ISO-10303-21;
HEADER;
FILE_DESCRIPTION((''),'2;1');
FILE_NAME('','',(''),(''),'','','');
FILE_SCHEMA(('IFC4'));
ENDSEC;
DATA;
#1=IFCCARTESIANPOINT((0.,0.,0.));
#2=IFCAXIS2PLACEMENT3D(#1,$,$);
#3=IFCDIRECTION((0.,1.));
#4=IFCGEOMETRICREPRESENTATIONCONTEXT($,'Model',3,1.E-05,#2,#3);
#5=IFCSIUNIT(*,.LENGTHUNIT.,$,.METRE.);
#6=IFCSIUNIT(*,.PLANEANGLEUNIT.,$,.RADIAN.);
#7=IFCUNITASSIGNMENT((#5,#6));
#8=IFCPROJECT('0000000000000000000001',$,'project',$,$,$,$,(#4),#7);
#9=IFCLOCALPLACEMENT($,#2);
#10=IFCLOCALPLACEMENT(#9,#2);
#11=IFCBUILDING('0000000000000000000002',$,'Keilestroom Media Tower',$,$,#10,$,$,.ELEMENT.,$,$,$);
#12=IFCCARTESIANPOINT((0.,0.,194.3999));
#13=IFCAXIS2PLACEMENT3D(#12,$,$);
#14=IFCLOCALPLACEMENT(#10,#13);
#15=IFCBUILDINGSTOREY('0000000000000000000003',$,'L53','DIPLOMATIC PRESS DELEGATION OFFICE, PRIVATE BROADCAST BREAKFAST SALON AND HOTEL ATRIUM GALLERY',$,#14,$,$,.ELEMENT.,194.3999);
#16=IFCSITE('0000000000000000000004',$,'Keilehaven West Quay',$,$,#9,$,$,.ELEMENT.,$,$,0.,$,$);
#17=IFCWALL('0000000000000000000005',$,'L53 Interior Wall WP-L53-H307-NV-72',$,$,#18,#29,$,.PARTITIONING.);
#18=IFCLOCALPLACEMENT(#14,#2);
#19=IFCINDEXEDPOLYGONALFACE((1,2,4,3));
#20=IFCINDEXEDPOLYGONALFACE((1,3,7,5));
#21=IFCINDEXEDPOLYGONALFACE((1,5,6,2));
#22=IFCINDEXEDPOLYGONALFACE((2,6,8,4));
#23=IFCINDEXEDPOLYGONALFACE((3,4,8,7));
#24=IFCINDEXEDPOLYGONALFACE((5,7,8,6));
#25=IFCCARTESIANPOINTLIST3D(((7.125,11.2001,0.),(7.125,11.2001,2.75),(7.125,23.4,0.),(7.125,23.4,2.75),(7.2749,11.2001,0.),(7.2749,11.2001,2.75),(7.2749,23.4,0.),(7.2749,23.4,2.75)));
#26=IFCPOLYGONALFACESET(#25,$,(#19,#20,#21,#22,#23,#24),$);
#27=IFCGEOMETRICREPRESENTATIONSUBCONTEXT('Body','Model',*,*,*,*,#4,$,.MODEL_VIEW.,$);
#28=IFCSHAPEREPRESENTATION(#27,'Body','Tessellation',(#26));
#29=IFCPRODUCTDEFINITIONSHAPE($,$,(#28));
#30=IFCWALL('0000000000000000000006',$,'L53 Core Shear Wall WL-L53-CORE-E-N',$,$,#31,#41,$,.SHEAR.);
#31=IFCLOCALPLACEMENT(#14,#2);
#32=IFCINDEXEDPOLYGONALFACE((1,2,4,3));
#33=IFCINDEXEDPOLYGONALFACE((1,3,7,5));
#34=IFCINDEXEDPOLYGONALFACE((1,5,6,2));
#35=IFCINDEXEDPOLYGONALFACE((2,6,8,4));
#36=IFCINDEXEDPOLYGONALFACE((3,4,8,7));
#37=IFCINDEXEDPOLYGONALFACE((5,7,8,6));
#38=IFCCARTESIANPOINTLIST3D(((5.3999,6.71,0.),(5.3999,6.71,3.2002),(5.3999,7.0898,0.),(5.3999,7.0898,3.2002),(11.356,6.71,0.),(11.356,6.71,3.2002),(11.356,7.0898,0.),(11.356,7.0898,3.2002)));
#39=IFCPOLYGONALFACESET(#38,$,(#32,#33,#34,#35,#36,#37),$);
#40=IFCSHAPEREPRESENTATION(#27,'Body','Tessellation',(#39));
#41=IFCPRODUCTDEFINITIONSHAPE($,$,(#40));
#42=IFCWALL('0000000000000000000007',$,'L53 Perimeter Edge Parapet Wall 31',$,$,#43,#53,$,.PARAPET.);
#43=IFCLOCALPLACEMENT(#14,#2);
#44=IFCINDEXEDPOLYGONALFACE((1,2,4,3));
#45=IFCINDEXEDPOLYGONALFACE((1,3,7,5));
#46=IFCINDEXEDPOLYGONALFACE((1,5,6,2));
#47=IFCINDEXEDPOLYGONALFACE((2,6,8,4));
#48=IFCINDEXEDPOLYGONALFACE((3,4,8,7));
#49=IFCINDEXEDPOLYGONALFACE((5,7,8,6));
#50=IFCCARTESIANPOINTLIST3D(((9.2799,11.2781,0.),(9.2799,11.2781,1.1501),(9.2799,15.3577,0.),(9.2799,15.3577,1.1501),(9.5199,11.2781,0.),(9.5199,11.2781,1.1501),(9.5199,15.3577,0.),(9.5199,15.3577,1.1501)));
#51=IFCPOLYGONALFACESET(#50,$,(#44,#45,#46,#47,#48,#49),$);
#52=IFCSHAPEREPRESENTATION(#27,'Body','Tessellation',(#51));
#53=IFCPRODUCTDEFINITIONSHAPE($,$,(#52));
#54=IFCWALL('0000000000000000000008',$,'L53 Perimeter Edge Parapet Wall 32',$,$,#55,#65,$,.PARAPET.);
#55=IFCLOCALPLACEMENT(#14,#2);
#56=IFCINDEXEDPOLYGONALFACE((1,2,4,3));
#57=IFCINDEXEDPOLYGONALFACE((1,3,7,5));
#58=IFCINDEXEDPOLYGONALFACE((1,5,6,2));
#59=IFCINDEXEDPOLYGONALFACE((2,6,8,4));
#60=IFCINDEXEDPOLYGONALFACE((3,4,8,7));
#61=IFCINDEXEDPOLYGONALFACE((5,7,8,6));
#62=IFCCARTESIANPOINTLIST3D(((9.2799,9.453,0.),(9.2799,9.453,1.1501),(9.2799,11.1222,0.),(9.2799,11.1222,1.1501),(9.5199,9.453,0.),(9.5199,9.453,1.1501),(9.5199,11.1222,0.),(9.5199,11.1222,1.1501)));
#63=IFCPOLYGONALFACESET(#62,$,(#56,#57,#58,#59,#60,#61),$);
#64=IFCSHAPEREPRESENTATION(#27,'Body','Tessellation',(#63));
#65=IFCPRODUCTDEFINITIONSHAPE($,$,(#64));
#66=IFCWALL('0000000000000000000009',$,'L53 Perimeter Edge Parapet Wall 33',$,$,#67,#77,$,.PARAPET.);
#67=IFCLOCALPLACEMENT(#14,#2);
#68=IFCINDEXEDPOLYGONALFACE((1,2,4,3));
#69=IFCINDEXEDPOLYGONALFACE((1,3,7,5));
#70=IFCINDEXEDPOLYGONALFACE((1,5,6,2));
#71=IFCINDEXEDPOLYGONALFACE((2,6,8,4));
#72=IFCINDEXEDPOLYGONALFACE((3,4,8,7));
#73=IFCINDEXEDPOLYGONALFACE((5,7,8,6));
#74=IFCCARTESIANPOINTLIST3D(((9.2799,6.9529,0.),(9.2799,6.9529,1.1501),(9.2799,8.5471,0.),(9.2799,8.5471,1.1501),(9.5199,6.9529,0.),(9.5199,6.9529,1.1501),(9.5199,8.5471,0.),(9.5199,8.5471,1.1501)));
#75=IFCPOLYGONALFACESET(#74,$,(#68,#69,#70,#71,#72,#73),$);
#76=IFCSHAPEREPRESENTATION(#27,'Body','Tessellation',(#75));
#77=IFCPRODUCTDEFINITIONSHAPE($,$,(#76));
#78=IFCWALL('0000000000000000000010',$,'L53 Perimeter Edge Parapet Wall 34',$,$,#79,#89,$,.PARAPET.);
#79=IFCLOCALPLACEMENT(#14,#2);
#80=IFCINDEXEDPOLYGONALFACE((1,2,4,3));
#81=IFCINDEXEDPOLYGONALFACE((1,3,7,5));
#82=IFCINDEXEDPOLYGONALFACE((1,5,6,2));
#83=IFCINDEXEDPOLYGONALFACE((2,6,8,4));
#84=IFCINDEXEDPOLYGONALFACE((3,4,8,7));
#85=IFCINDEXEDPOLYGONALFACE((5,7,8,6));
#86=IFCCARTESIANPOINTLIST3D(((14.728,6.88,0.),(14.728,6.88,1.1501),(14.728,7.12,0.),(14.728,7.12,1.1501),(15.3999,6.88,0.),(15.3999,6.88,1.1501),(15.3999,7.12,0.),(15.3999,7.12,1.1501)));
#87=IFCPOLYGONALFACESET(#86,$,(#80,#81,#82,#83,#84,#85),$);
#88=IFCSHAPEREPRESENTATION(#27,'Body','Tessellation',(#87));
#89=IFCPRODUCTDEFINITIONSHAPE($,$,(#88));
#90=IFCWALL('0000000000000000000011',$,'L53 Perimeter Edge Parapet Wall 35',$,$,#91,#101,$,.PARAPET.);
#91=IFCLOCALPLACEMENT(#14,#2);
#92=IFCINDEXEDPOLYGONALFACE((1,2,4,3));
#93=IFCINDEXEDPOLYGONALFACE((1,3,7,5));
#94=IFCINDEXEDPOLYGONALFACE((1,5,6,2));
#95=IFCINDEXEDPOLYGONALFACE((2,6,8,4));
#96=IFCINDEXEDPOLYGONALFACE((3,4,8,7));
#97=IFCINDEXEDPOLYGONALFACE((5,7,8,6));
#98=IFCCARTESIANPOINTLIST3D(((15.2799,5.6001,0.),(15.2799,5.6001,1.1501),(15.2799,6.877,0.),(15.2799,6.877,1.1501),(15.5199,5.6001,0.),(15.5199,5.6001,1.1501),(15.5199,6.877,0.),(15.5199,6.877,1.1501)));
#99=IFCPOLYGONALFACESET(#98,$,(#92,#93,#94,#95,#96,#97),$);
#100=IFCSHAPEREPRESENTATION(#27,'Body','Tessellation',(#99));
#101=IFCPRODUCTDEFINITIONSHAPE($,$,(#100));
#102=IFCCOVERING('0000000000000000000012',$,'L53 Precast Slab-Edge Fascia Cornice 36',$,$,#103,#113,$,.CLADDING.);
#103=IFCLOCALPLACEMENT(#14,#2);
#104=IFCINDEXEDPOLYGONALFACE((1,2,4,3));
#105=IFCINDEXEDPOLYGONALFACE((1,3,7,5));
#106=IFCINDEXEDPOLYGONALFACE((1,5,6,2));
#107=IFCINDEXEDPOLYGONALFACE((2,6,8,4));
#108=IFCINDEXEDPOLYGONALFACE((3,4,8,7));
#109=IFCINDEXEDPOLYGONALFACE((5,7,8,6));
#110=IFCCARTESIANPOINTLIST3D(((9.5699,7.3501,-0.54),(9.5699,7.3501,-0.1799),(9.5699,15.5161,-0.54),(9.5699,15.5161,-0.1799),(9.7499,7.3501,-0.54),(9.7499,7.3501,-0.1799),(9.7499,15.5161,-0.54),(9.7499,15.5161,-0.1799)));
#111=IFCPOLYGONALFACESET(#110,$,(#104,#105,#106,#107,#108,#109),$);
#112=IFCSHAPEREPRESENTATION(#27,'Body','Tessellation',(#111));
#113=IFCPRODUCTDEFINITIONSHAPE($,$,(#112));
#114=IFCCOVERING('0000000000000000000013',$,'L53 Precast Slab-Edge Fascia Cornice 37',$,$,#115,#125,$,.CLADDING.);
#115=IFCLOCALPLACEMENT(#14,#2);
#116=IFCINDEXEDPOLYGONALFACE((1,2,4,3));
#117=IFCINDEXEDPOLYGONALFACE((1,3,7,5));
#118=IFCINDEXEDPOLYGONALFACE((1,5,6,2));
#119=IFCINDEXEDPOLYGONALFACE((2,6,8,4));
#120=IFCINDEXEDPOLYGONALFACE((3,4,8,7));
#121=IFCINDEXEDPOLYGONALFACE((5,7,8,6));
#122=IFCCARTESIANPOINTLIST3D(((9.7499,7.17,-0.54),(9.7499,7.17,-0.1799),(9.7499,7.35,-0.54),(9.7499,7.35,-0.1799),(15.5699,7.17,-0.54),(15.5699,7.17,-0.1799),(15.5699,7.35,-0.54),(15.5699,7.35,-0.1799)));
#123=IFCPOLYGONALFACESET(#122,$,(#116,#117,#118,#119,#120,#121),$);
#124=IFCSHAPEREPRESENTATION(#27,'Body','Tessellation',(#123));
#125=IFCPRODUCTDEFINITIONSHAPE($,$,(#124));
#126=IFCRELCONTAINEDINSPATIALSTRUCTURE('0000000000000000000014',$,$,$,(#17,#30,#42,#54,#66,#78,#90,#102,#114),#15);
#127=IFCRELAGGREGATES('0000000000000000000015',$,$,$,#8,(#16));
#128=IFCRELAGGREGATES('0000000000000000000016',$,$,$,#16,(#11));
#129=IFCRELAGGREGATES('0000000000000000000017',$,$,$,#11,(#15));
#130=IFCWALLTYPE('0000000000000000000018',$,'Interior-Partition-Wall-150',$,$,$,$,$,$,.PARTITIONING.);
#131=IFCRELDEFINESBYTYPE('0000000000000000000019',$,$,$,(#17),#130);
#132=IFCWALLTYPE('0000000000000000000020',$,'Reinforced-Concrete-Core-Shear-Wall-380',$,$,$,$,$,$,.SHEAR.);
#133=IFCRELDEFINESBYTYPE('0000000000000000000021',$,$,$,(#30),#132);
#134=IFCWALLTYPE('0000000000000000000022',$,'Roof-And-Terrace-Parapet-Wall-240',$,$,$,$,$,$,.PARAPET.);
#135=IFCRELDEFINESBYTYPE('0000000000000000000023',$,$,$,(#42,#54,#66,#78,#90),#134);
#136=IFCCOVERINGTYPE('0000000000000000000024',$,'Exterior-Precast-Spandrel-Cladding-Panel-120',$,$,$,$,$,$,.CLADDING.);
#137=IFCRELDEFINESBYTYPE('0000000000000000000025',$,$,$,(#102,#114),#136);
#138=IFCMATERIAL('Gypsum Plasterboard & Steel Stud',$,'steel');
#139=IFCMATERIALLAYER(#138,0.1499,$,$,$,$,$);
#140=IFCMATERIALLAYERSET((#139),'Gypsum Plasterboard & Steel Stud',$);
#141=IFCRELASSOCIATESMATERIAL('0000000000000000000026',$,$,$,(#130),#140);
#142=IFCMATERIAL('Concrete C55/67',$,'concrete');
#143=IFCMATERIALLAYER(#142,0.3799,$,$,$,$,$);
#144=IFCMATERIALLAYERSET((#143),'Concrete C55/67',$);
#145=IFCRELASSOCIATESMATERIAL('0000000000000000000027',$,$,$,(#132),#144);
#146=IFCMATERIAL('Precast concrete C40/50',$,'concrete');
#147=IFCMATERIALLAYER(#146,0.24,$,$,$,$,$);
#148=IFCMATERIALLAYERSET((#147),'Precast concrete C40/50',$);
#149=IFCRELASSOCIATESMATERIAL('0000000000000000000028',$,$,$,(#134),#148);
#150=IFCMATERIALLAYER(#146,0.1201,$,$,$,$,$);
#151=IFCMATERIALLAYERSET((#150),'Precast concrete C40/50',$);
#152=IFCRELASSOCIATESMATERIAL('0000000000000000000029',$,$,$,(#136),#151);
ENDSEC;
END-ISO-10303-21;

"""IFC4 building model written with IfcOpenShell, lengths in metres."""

from ifc_helpers import new_model, si_unit, direction, frame, frame_2d, origin, origin_2d, place, context, subcontext, project, spatial, rectangle, extrude, source, transform, mapped, material, layer, layer_set, type_object, element, save


model = new_model("IFC4")

# Units and contexts
model_context = context("Model", 3, precision=1e-05, world=origin(), true_north=direction((0.0, 1.0)))
body_context = subcontext(model_context, "Body", "Model", "MODEL_VIEW")
ifc_project = project(units=[si_unit("LENGTHUNIT", "METRE"), si_unit("PLANEANGLEUNIT", "RADIAN")], contexts=[model_context])

# Site, building, storey
site_placement = place(None, origin())
site = spatial("IfcSite", under=ifc_project, at=site_placement, Name="Keilehaven West Quay", CompositionType="ELEMENT", RefElevation=0.0)
building_placement = place(site_placement, origin())
building = spatial("IfcBuilding", under=site, at=building_placement, Name="Keilestroom Media Tower", CompositionType="ELEMENT")
storey_placement = place(building_placement, frame((0.0, 0.0, 194.3999)))
storey = spatial("IfcBuildingStorey", under=building, at=storey_placement, Name="L53", Description="DIPLOMATIC PRESS DELEGATION OFFICE, PRIVATE BROADCAST BREAKFAST SALON AND HOTEL ATRIUM GALLERY", CompositionType="ELEMENT", Elevation=194.3999)

# Shared definitions
ifc_material_1 = material(Name="Precast concrete C40/50", Category="concrete")
ifc_material_2 = material(Name="Concrete C55/67", Category="concrete")

# Walls
ifc_material_3 = material(Name="Gypsum Plasterboard & Steel Stud", Category="steel")
ifc_layer_1 = layer(ifc_material_3, 0.1499)
ifc_layer_set_1 = layer_set([ifc_layer_1], Name="Gypsum Plasterboard & Steel Stud")
wall_type_1 = type_object("IfcWallType", Name="Interior-Partition-Wall-150", PredefinedType="PARTITIONING", material=ifc_layer_set_1)
wall_1_placement = place(storey_placement, frame((7.2, 11.2, 0.0), z_axis=(0.0, 0.0, 1.0), x_axis=(0.0, 1.0, 0.0)))
element("IfcWall", 1, at=wall_1_placement, inside=storey, type_object=wall_type_1, Name="L53 Interior Wall WP-L53-H307-NV-72", PredefinedType="PARTITIONING", context=body_context, shape_type="SweptSolid", body=[
    extrude(rectangle(XDim=12.2, YDim=0.1499, at=frame_2d((6.1001, 0.0))), origin(), (0.0, 0.0, 1.0), 2.75),
])
ifc_layer_2 = layer(ifc_material_2, 0.3799)
ifc_layer_set_2 = layer_set([ifc_layer_2], Name="Concrete C55/67")
wall_type_2 = type_object("IfcWallType", Name="Reinforced-Concrete-Core-Shear-Wall-380", PredefinedType="SHEAR", material=ifc_layer_set_2)
wall_2_placement = place(storey_placement, frame((5.3999, 6.8999, 0.0), z_axis=(0.0, 0.0, 1.0), x_axis=(1.0, 0.0, 0.0)))
element("IfcWall", 2, at=wall_2_placement, inside=storey, type_object=wall_type_2, Name="L53 Core Shear Wall WL-L53-CORE-E-N", PredefinedType="SHEAR", context=body_context, shape_type="SweptSolid", body=[
    extrude(rectangle(XDim=5.9561, YDim=0.3799, at=frame_2d((2.978, 0.0))), origin(), (0.0, 0.0, 1.0), 3.2002),
])
ifc_layer_3 = layer(ifc_material_1, 0.24)
ifc_layer_set_3 = layer_set([ifc_layer_3], Name="Precast concrete C40/50")
wall_type_3 = type_object("IfcWallType", Name="Roof-And-Terrace-Parapet-Wall-240", PredefinedType="PARAPET", material=ifc_layer_set_3)
wall_3_placement = place(storey_placement, frame((9.3999, 15.3577, 0.0), z_axis=(0.0, 0.0, 1.0), x_axis=(0.0, -1.0, 0.0)))
element("IfcWall", 3, at=wall_3_placement, inside=storey, type_object=wall_type_3, Name="L53 Perimeter Edge Parapet Wall 31", PredefinedType="PARAPET", context=body_context, shape_type="SweptSolid", body=[
    extrude(rectangle(XDim=4.0796, YDim=0.24, at=frame_2d((2.0398, 0.0))), origin(), (0.0, 0.0, 1.0), 1.1501),
])
wall_4_placement = place(storey_placement, frame((9.3999, 11.1221, 0.0), z_axis=(0.0, 0.0, 1.0), x_axis=(0.0, -1.0, 0.0)))
element("IfcWall", 4, at=wall_4_placement, inside=storey, type_object=wall_type_3, Name="L53 Perimeter Edge Parapet Wall 32", PredefinedType="PARAPET", context=body_context, shape_type="SweptSolid", body=[
    extrude(rectangle(XDim=1.6692, YDim=0.24, at=frame_2d((0.8345, 0.0))), origin(), (0.0, 0.0, 1.0), 1.1501),
])
wall_5_placement = place(storey_placement, frame((9.3999, 8.5471, 0.0), z_axis=(0.0, 0.0, 1.0), x_axis=(0.0, -1.0, 0.0)))
element("IfcWall", 5, at=wall_5_placement, inside=storey, type_object=wall_type_3, Name="L53 Perimeter Edge Parapet Wall 33", PredefinedType="PARAPET", context=body_context, shape_type="SweptSolid", body=[
    extrude(rectangle(XDim=1.5942, YDim=0.24, at=frame_2d((0.7971, 0.0))), origin(), (0.0, 0.0, 1.0), 1.1501),
])
wall_6_placement = place(storey_placement, frame((14.728, 7.0, 0.0), z_axis=(0.0, 0.0, 1.0), x_axis=(1.0, 0.0, 0.0)))
element("IfcWall", 6, at=wall_6_placement, inside=storey, type_object=wall_type_3, Name="L53 Perimeter Edge Parapet Wall 34", PredefinedType="PARAPET", context=body_context, shape_type="SweptSolid", body=[
    extrude(rectangle(XDim=0.6719, YDim=0.24, at=frame_2d((0.3359, 0.0))), origin(), (0.0, 0.0, 1.0), 1.1501),
])
wall_7_placement = place(storey_placement, frame((15.3999, 6.877, 0.0), z_axis=(0.0, 0.0, 1.0), x_axis=(0.0, -1.0, 0.0)))
element("IfcWall", 7, at=wall_7_placement, inside=storey, type_object=wall_type_3, Name="L53 Perimeter Edge Parapet Wall 35", PredefinedType="PARAPET", context=body_context, shape_type="SweptSolid", body=[
    extrude(rectangle(XDim=1.2769, YDim=0.24, at=frame_2d((0.6384, 0.0))), origin(), (0.0, 0.0, 1.0), 1.1501),
])

# Coverings
ifc_layer_4 = layer(ifc_material_1, 0.1201)
ifc_layer_set_4 = layer_set([ifc_layer_4], Name="Precast concrete C40/50")
covering_type = type_object("IfcCoveringType", Name="Exterior-Precast-Spandrel-Cladding-Panel-120", PredefinedType="CLADDING", material=ifc_layer_set_4)
shared_shape_1 = source(origin(), body_context, "Body", "SweptSolid", [
    extrude(rectangle(XDim=8.166, YDim=0.1799, at=origin_2d()), origin(), (0.0, 0.0, 1.0), 0.3601),
])
covering_1_placement = place(storey_placement, frame((9.6599, 11.4331, -0.54), z_axis=(0.0, 0.0, 1.0), x_axis=(0.0, -1.0, 0.0)))
element("IfcCovering", 8, at=covering_1_placement, inside=storey, type_object=covering_type, Name="L53 Precast Slab-Edge Fascia Cornice 36", PredefinedType="CLADDING", context=body_context, shape_type="MappedRepresentation", body=[
    mapped(shared_shape_1, transform((0.0, 0.0, 0.0), x_axis=(1.0, 0.0, 0.0), y_axis=(0.0, 1.0, 0.0), z_axis=(0.0, 0.0, 1.0), scale=1.0)),
])
shared_shape_2 = source(origin(), body_context, "Body", "SweptSolid", [
    extrude(rectangle(XDim=5.8201, YDim=0.1799, at=origin_2d()), origin(), (0.0, 0.0, 1.0), 0.3601),
])
covering_2_placement = place(storey_placement, frame((12.6599, 7.26, -0.54), z_axis=(0.0, 0.0, 1.0), x_axis=(1.0, 0.0, 0.0)))
element("IfcCovering", 9, at=covering_2_placement, inside=storey, type_object=covering_type, Name="L53 Precast Slab-Edge Fascia Cornice 37", PredefinedType="CLADDING", context=body_context, shape_type="MappedRepresentation", body=[
    mapped(shared_shape_2, transform((0.0, 0.0, 0.0), x_axis=(1.0, 0.0, 0.0), y_axis=(0.0, 1.0, 0.0), z_axis=(0.0, 0.0, 1.0), scale=1.0)),
])

save(model, "model.ifc")
